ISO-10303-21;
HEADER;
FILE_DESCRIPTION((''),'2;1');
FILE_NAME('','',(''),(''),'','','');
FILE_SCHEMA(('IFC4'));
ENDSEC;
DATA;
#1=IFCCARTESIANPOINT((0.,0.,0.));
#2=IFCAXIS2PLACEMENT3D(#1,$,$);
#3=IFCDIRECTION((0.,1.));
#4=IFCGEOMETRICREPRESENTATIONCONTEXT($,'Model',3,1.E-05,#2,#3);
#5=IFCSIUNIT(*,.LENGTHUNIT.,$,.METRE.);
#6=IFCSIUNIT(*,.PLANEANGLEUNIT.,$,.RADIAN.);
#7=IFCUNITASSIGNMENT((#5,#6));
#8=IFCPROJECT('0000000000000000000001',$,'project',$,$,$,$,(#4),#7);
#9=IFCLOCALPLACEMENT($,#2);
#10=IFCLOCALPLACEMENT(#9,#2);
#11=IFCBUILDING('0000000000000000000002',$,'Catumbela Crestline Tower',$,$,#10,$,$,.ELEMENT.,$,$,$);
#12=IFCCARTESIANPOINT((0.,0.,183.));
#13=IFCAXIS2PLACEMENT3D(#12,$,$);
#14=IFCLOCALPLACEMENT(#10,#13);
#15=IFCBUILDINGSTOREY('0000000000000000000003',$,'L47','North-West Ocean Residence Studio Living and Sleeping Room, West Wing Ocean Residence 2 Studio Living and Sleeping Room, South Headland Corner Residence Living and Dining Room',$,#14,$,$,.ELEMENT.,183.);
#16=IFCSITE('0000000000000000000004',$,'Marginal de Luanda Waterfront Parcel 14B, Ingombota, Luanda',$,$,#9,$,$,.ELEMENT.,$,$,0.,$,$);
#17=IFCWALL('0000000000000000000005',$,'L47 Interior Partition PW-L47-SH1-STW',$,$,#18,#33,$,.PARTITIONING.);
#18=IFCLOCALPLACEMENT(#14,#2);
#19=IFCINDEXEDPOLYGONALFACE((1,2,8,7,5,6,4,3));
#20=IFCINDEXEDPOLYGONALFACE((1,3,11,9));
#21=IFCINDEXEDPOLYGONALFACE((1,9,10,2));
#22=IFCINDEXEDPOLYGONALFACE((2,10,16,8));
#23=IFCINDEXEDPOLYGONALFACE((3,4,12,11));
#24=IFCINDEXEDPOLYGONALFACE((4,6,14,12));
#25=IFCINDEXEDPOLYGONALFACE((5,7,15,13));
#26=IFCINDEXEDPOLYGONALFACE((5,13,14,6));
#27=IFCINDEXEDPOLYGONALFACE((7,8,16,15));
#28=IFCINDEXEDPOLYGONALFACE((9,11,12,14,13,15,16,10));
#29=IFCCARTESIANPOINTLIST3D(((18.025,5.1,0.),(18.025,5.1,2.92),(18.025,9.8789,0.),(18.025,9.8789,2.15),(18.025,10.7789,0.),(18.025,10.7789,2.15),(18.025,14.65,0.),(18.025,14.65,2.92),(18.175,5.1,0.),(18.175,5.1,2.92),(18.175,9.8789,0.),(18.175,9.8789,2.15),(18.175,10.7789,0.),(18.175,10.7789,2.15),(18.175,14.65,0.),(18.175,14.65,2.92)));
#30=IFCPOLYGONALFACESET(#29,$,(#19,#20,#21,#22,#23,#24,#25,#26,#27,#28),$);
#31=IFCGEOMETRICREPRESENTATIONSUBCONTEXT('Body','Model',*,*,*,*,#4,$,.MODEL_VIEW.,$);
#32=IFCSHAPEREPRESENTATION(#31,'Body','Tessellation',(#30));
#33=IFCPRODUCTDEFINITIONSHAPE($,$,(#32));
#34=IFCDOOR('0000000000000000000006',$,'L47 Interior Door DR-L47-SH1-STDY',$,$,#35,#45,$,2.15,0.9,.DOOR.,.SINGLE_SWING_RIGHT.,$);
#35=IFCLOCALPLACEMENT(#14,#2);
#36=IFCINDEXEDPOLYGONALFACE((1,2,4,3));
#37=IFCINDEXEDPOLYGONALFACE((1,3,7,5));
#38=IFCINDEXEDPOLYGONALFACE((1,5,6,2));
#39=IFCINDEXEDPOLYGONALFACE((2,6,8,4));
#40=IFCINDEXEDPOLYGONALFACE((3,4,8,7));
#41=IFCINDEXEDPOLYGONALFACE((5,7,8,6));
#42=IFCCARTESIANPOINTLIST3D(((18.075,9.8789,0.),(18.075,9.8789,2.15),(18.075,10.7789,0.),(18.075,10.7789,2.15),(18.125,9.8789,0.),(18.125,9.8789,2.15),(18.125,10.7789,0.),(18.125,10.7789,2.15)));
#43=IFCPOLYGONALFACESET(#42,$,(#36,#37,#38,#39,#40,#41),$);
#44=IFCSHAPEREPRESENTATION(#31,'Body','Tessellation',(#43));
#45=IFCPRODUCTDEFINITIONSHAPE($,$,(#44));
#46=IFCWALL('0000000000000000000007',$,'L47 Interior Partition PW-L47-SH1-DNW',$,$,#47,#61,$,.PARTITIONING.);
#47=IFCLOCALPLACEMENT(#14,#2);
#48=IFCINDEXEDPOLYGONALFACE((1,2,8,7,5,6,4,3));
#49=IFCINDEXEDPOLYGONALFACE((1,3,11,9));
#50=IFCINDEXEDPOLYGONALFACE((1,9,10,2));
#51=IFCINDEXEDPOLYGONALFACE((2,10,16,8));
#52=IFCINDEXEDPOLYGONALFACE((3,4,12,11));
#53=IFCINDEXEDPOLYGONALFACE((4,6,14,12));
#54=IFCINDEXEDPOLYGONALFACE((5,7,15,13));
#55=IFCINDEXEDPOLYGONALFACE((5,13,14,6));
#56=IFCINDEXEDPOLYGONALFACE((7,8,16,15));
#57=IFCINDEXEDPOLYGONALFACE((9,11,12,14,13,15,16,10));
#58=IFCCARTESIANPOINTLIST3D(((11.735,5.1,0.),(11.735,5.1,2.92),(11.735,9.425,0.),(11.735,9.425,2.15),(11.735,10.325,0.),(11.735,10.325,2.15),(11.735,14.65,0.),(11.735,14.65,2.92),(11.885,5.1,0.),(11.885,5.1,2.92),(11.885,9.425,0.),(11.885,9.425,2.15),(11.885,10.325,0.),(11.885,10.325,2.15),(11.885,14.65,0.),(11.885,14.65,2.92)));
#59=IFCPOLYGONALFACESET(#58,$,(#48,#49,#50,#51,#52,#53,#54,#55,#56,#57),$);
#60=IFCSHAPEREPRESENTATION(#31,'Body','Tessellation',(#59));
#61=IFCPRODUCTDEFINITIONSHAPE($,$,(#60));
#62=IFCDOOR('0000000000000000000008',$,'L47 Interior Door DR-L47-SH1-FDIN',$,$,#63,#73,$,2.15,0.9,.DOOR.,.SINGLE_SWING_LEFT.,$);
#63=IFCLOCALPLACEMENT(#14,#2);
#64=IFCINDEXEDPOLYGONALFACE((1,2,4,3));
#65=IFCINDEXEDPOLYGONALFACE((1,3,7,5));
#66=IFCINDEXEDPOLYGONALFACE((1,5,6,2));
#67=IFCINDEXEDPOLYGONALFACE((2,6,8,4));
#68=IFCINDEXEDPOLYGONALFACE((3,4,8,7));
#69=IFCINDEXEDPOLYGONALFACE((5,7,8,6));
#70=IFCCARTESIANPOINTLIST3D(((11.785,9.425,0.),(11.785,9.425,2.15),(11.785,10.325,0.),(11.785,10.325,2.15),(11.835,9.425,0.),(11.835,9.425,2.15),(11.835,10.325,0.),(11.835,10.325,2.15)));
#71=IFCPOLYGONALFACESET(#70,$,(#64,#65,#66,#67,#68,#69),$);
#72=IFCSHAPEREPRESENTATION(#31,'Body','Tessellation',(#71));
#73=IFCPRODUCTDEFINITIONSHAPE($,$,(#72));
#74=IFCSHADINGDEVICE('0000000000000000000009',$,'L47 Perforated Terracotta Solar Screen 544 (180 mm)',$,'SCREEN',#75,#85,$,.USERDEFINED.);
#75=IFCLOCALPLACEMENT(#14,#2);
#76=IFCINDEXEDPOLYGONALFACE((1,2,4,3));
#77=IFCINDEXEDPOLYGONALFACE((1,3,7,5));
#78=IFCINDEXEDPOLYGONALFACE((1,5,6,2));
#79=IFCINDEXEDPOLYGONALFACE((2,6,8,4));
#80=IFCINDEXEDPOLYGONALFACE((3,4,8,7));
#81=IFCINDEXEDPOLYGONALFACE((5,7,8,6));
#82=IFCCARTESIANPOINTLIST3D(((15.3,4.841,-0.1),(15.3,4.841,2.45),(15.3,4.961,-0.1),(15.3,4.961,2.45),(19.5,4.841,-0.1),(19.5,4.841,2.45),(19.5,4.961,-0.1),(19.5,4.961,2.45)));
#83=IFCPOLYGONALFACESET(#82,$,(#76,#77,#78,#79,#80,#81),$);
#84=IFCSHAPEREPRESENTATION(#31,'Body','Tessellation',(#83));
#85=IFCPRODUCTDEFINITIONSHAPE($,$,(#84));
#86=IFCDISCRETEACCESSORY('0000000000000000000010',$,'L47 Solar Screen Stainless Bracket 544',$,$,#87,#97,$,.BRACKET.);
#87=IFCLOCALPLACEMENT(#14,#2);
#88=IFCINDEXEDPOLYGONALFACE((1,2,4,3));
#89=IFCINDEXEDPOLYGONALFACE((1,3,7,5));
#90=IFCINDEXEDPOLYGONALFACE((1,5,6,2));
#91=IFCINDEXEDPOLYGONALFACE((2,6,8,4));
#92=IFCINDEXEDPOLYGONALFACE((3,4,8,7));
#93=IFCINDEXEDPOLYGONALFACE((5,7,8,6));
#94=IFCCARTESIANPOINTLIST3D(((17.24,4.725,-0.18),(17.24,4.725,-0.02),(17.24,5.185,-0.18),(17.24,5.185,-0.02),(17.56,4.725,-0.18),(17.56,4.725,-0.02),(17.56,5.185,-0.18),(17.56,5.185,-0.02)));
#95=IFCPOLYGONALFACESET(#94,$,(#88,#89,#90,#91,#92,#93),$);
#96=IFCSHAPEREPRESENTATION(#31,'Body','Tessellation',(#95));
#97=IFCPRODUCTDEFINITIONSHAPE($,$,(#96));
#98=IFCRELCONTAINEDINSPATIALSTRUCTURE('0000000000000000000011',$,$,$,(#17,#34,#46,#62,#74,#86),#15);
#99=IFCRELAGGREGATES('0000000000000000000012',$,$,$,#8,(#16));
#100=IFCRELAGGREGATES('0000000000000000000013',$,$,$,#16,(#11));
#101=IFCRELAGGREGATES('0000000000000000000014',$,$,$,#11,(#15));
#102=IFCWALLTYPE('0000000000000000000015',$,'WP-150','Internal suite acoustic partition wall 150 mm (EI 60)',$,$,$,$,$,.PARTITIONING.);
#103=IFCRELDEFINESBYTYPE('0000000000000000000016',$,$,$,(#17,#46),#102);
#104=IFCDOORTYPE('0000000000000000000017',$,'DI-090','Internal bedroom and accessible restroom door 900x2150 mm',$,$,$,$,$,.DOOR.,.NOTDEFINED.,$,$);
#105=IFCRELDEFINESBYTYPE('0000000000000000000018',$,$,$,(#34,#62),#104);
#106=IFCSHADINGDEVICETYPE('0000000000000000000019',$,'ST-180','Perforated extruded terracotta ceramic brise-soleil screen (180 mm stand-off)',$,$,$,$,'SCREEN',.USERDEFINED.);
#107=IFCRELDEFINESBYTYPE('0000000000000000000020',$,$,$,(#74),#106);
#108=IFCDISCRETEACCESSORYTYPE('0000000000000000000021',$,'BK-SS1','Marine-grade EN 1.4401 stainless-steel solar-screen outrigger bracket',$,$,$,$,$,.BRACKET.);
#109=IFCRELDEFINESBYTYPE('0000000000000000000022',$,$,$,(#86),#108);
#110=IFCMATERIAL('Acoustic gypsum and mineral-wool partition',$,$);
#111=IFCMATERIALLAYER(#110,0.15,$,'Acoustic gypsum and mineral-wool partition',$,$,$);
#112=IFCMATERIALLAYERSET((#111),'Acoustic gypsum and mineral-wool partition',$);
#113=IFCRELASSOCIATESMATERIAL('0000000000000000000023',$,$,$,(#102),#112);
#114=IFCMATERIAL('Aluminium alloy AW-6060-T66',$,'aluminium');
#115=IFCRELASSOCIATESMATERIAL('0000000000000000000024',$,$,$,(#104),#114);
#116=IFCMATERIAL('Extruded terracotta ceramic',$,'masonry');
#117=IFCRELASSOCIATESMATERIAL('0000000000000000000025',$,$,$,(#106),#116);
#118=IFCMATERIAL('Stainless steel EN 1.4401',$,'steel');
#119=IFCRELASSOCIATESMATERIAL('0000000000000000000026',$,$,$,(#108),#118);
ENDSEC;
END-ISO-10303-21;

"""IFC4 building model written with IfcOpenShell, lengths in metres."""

from ifc_helpers import new_model, si_unit, direction, frame, frame_2d, origin, origin_2d, place, context, subcontext, project, spatial, rectangle, extrude, material, layer, layer_set, type_object, element, fill, save


model = new_model("IFC4")

# Units and contexts
model_context = context("Model", 3, precision=1e-05, world=origin(), true_north=direction((0.0, 1.0)))
body_context = subcontext(model_context, "Body", "Model", "MODEL_VIEW")
ifc_project = project(units=[si_unit("LENGTHUNIT", "METRE"), si_unit("PLANEANGLEUNIT", "RADIAN")], contexts=[model_context])

# Site, building, storey
site_placement = place(None, origin())
site = spatial("IfcSite", under=ifc_project, at=site_placement, Name="Marginal de Luanda Waterfront Parcel 14B, Ingombota, Luanda", CompositionType="ELEMENT", RefElevation=0.0)
building_placement = place(site_placement, origin())
building = spatial("IfcBuilding", under=site, at=building_placement, Name="Catumbela Crestline Tower", CompositionType="ELEMENT")
storey_placement = place(building_placement, frame((0.0, 0.0, 183.0)))
storey = spatial("IfcBuildingStorey", under=building, at=storey_placement, Name="L47", Description="North-West Ocean Residence Studio Living and Sleeping Room, West Wing Ocean Residence 2 Studio Living and Sleeping Room, South Headland Corner Residence Living and Dining Room", CompositionType="ELEMENT", Elevation=183.0)

# Shared definitions
ifc_material_1 = material(Name="Aluminium alloy AW-6060-T66", Category="aluminium")

# Walls, openings, doors
ifc_material_2 = material(Name="Acoustic gypsum and mineral-wool partition")
ifc_layer_1 = layer(ifc_material_2, 0.15, Name="Acoustic gypsum and mineral-wool partition")
ifc_layer_set_1 = layer_set([ifc_layer_1], Name="Acoustic gypsum and mineral-wool partition")
wall_type_1 = type_object("IfcWallType", Name="WP-150", Description="Internal suite acoustic partition wall 150 mm (EI 60)", PredefinedType="PARTITIONING", material=ifc_layer_set_1)
door_type_1 = type_object("IfcDoorType", Name="DI-090", Description="Internal bedroom and accessible restroom door 900x2150 mm", OperationType="NOTDEFINED", PredefinedType="DOOR", material=ifc_material_1)
wall_1_placement = place(storey_placement, frame((18.1, 5.1, 0.0), z_axis=(0.0, 0.0, 1.0), x_axis=(0.0, 1.0, 0.0)))
wall_1 = element("IfcWall", 1, at=wall_1_placement, inside=storey, type_object=wall_type_1, Name="L47 Interior Partition PW-L47-SH1-STW", PredefinedType="PARTITIONING", context=body_context, shape_type="SweptSolid", body=[
    extrude(rectangle(XDim=9.55, YDim=0.15, at=frame_2d((4.775, 0.0))), origin(), (0.0, 0.0, 1.0), 2.92),
])
opening_1_placement = place(wall_1_placement, frame((4.7789, 0.0, 0.0)))
opening_1 = element("IfcOpeningElement", 2, at=opening_1_placement, cuts=wall_1, PredefinedType="OPENING", context=body_context, shape_type="SweptSolid", body=[
    extrude(rectangle(XDim=0.9, YDim=2.15, at=frame_2d((0.45, 1.075))), frame((0.0, 0.085, 0.0), z_axis=(0.0, -1.0, 0.0), x_axis=(1.0, 0.0, 0.0)), (0.0, 0.0, 1.0), 0.17),
])
door_1_placement = place(opening_1_placement, origin())
door_1 = element("IfcDoor", 3, at=door_1_placement, inside=storey, type_object=door_type_1, Name="L47 Interior Door DR-L47-SH1-STDY", OperationType="SINGLE_SWING_RIGHT", OverallHeight=2.15, OverallWidth=0.9, PredefinedType="DOOR", context=body_context, shape_type="SweptSolid", body=[
    extrude(rectangle(XDim=0.9, YDim=2.15, at=frame_2d((0.45, 1.075))), frame((0.0, 0.025, 0.0), z_axis=(0.0, -1.0, 0.0), x_axis=(1.0, 0.0, 0.0)), (0.0, 0.0, 1.0), 0.05),
])
fill(opening_1, door_1)
wall_2_placement = place(storey_placement, frame((11.81, 5.1, 0.0), z_axis=(0.0, 0.0, 1.0), x_axis=(0.0, 1.0, 0.0)))
wall_2 = element("IfcWall", 4, at=wall_2_placement, inside=storey, type_object=wall_type_1, Name="L47 Interior Partition PW-L47-SH1-DNW", PredefinedType="PARTITIONING", context=body_context, shape_type="SweptSolid", body=[
    extrude(rectangle(XDim=9.55, YDim=0.15, at=frame_2d((4.775, 0.0))), origin(), (0.0, 0.0, 1.0), 2.92),
])
opening_2_placement = place(wall_2_placement, frame((4.325, 0.0, 0.0)))
opening_2 = element("IfcOpeningElement", 5, at=opening_2_placement, cuts=wall_2, PredefinedType="OPENING", context=body_context, shape_type="SweptSolid", body=[
    extrude(rectangle(XDim=0.9, YDim=2.15, at=frame_2d((0.45, 1.075))), frame((0.0, 0.085, 0.0), z_axis=(0.0, -1.0, 0.0), x_axis=(1.0, 0.0, 0.0)), (0.0, 0.0, 1.0), 0.17),
])
door_2_placement = place(opening_2_placement, origin())
door_2 = element("IfcDoor", 6, at=door_2_placement, inside=storey, type_object=door_type_1, Name="L47 Interior Door DR-L47-SH1-FDIN", OperationType="SINGLE_SWING_LEFT", OverallHeight=2.15, OverallWidth=0.9, PredefinedType="DOOR", context=body_context, shape_type="SweptSolid", body=[
    extrude(rectangle(XDim=0.9, YDim=2.15, at=frame_2d((0.45, 1.075))), frame((0.0, 0.025, 0.0), z_axis=(0.0, -1.0, 0.0), x_axis=(1.0, 0.0, 0.0)), (0.0, 0.0, 1.0), 0.05),
])
fill(opening_2, door_2)

# Shared definitions
ifc_material_3 = material(Name="Stainless steel EN 1.4401", Category="steel")

# Shading device
ifc_material_4 = material(Name="Extruded terracotta ceramic", Category="masonry")
shading_device_type = type_object("IfcShadingDeviceType", Name="ST-180", Description="Perforated extruded terracotta ceramic brise-soleil screen (180 mm stand-off)", ElementType="SCREEN", PredefinedType="USERDEFINED", material=ifc_material_4)
shading_device_placement = place(storey_placement, frame((17.4, 4.901, -0.1), z_axis=(0.0, 0.0, 1.0), x_axis=(1.0, 0.0, 0.0)))
element("IfcShadingDevice", 7, at=shading_device_placement, inside=storey, type_object=shading_device_type, Name="L47 Perforated Terracotta Solar Screen 544 (180 mm)", ObjectType="SCREEN", PredefinedType="USERDEFINED", context=body_context, shape_type="SweptSolid", body=[
    extrude(rectangle(XDim=4.2, YDim=0.12, at=origin_2d()), origin(), (0.0, 0.0, 1.0), 2.55),
])

# Discrete accessory
discrete_accessory_type = type_object("IfcDiscreteAccessoryType", Name="BK-SS1", Description="Marine-grade EN 1.4401 stainless-steel solar-screen outrigger bracket", PredefinedType="BRACKET", material=ifc_material_3)
discrete_accessory_placement = place(storey_placement, frame((17.4, 4.955, -0.18), z_axis=(0.0, 0.0, 1.0), x_axis=(1.0, 0.0, 0.0)))
element("IfcDiscreteAccessory", 8, at=discrete_accessory_placement, inside=storey, type_object=discrete_accessory_type, Name="L47 Solar Screen Stainless Bracket 544", PredefinedType="BRACKET", context=body_context, shape_type="SweptSolid", body=[
    extrude(rectangle(XDim=0.32, YDim=0.46, at=origin_2d()), origin(), (0.0, 0.0, 1.0), 0.16),
])

save(model, "model.ifc")
